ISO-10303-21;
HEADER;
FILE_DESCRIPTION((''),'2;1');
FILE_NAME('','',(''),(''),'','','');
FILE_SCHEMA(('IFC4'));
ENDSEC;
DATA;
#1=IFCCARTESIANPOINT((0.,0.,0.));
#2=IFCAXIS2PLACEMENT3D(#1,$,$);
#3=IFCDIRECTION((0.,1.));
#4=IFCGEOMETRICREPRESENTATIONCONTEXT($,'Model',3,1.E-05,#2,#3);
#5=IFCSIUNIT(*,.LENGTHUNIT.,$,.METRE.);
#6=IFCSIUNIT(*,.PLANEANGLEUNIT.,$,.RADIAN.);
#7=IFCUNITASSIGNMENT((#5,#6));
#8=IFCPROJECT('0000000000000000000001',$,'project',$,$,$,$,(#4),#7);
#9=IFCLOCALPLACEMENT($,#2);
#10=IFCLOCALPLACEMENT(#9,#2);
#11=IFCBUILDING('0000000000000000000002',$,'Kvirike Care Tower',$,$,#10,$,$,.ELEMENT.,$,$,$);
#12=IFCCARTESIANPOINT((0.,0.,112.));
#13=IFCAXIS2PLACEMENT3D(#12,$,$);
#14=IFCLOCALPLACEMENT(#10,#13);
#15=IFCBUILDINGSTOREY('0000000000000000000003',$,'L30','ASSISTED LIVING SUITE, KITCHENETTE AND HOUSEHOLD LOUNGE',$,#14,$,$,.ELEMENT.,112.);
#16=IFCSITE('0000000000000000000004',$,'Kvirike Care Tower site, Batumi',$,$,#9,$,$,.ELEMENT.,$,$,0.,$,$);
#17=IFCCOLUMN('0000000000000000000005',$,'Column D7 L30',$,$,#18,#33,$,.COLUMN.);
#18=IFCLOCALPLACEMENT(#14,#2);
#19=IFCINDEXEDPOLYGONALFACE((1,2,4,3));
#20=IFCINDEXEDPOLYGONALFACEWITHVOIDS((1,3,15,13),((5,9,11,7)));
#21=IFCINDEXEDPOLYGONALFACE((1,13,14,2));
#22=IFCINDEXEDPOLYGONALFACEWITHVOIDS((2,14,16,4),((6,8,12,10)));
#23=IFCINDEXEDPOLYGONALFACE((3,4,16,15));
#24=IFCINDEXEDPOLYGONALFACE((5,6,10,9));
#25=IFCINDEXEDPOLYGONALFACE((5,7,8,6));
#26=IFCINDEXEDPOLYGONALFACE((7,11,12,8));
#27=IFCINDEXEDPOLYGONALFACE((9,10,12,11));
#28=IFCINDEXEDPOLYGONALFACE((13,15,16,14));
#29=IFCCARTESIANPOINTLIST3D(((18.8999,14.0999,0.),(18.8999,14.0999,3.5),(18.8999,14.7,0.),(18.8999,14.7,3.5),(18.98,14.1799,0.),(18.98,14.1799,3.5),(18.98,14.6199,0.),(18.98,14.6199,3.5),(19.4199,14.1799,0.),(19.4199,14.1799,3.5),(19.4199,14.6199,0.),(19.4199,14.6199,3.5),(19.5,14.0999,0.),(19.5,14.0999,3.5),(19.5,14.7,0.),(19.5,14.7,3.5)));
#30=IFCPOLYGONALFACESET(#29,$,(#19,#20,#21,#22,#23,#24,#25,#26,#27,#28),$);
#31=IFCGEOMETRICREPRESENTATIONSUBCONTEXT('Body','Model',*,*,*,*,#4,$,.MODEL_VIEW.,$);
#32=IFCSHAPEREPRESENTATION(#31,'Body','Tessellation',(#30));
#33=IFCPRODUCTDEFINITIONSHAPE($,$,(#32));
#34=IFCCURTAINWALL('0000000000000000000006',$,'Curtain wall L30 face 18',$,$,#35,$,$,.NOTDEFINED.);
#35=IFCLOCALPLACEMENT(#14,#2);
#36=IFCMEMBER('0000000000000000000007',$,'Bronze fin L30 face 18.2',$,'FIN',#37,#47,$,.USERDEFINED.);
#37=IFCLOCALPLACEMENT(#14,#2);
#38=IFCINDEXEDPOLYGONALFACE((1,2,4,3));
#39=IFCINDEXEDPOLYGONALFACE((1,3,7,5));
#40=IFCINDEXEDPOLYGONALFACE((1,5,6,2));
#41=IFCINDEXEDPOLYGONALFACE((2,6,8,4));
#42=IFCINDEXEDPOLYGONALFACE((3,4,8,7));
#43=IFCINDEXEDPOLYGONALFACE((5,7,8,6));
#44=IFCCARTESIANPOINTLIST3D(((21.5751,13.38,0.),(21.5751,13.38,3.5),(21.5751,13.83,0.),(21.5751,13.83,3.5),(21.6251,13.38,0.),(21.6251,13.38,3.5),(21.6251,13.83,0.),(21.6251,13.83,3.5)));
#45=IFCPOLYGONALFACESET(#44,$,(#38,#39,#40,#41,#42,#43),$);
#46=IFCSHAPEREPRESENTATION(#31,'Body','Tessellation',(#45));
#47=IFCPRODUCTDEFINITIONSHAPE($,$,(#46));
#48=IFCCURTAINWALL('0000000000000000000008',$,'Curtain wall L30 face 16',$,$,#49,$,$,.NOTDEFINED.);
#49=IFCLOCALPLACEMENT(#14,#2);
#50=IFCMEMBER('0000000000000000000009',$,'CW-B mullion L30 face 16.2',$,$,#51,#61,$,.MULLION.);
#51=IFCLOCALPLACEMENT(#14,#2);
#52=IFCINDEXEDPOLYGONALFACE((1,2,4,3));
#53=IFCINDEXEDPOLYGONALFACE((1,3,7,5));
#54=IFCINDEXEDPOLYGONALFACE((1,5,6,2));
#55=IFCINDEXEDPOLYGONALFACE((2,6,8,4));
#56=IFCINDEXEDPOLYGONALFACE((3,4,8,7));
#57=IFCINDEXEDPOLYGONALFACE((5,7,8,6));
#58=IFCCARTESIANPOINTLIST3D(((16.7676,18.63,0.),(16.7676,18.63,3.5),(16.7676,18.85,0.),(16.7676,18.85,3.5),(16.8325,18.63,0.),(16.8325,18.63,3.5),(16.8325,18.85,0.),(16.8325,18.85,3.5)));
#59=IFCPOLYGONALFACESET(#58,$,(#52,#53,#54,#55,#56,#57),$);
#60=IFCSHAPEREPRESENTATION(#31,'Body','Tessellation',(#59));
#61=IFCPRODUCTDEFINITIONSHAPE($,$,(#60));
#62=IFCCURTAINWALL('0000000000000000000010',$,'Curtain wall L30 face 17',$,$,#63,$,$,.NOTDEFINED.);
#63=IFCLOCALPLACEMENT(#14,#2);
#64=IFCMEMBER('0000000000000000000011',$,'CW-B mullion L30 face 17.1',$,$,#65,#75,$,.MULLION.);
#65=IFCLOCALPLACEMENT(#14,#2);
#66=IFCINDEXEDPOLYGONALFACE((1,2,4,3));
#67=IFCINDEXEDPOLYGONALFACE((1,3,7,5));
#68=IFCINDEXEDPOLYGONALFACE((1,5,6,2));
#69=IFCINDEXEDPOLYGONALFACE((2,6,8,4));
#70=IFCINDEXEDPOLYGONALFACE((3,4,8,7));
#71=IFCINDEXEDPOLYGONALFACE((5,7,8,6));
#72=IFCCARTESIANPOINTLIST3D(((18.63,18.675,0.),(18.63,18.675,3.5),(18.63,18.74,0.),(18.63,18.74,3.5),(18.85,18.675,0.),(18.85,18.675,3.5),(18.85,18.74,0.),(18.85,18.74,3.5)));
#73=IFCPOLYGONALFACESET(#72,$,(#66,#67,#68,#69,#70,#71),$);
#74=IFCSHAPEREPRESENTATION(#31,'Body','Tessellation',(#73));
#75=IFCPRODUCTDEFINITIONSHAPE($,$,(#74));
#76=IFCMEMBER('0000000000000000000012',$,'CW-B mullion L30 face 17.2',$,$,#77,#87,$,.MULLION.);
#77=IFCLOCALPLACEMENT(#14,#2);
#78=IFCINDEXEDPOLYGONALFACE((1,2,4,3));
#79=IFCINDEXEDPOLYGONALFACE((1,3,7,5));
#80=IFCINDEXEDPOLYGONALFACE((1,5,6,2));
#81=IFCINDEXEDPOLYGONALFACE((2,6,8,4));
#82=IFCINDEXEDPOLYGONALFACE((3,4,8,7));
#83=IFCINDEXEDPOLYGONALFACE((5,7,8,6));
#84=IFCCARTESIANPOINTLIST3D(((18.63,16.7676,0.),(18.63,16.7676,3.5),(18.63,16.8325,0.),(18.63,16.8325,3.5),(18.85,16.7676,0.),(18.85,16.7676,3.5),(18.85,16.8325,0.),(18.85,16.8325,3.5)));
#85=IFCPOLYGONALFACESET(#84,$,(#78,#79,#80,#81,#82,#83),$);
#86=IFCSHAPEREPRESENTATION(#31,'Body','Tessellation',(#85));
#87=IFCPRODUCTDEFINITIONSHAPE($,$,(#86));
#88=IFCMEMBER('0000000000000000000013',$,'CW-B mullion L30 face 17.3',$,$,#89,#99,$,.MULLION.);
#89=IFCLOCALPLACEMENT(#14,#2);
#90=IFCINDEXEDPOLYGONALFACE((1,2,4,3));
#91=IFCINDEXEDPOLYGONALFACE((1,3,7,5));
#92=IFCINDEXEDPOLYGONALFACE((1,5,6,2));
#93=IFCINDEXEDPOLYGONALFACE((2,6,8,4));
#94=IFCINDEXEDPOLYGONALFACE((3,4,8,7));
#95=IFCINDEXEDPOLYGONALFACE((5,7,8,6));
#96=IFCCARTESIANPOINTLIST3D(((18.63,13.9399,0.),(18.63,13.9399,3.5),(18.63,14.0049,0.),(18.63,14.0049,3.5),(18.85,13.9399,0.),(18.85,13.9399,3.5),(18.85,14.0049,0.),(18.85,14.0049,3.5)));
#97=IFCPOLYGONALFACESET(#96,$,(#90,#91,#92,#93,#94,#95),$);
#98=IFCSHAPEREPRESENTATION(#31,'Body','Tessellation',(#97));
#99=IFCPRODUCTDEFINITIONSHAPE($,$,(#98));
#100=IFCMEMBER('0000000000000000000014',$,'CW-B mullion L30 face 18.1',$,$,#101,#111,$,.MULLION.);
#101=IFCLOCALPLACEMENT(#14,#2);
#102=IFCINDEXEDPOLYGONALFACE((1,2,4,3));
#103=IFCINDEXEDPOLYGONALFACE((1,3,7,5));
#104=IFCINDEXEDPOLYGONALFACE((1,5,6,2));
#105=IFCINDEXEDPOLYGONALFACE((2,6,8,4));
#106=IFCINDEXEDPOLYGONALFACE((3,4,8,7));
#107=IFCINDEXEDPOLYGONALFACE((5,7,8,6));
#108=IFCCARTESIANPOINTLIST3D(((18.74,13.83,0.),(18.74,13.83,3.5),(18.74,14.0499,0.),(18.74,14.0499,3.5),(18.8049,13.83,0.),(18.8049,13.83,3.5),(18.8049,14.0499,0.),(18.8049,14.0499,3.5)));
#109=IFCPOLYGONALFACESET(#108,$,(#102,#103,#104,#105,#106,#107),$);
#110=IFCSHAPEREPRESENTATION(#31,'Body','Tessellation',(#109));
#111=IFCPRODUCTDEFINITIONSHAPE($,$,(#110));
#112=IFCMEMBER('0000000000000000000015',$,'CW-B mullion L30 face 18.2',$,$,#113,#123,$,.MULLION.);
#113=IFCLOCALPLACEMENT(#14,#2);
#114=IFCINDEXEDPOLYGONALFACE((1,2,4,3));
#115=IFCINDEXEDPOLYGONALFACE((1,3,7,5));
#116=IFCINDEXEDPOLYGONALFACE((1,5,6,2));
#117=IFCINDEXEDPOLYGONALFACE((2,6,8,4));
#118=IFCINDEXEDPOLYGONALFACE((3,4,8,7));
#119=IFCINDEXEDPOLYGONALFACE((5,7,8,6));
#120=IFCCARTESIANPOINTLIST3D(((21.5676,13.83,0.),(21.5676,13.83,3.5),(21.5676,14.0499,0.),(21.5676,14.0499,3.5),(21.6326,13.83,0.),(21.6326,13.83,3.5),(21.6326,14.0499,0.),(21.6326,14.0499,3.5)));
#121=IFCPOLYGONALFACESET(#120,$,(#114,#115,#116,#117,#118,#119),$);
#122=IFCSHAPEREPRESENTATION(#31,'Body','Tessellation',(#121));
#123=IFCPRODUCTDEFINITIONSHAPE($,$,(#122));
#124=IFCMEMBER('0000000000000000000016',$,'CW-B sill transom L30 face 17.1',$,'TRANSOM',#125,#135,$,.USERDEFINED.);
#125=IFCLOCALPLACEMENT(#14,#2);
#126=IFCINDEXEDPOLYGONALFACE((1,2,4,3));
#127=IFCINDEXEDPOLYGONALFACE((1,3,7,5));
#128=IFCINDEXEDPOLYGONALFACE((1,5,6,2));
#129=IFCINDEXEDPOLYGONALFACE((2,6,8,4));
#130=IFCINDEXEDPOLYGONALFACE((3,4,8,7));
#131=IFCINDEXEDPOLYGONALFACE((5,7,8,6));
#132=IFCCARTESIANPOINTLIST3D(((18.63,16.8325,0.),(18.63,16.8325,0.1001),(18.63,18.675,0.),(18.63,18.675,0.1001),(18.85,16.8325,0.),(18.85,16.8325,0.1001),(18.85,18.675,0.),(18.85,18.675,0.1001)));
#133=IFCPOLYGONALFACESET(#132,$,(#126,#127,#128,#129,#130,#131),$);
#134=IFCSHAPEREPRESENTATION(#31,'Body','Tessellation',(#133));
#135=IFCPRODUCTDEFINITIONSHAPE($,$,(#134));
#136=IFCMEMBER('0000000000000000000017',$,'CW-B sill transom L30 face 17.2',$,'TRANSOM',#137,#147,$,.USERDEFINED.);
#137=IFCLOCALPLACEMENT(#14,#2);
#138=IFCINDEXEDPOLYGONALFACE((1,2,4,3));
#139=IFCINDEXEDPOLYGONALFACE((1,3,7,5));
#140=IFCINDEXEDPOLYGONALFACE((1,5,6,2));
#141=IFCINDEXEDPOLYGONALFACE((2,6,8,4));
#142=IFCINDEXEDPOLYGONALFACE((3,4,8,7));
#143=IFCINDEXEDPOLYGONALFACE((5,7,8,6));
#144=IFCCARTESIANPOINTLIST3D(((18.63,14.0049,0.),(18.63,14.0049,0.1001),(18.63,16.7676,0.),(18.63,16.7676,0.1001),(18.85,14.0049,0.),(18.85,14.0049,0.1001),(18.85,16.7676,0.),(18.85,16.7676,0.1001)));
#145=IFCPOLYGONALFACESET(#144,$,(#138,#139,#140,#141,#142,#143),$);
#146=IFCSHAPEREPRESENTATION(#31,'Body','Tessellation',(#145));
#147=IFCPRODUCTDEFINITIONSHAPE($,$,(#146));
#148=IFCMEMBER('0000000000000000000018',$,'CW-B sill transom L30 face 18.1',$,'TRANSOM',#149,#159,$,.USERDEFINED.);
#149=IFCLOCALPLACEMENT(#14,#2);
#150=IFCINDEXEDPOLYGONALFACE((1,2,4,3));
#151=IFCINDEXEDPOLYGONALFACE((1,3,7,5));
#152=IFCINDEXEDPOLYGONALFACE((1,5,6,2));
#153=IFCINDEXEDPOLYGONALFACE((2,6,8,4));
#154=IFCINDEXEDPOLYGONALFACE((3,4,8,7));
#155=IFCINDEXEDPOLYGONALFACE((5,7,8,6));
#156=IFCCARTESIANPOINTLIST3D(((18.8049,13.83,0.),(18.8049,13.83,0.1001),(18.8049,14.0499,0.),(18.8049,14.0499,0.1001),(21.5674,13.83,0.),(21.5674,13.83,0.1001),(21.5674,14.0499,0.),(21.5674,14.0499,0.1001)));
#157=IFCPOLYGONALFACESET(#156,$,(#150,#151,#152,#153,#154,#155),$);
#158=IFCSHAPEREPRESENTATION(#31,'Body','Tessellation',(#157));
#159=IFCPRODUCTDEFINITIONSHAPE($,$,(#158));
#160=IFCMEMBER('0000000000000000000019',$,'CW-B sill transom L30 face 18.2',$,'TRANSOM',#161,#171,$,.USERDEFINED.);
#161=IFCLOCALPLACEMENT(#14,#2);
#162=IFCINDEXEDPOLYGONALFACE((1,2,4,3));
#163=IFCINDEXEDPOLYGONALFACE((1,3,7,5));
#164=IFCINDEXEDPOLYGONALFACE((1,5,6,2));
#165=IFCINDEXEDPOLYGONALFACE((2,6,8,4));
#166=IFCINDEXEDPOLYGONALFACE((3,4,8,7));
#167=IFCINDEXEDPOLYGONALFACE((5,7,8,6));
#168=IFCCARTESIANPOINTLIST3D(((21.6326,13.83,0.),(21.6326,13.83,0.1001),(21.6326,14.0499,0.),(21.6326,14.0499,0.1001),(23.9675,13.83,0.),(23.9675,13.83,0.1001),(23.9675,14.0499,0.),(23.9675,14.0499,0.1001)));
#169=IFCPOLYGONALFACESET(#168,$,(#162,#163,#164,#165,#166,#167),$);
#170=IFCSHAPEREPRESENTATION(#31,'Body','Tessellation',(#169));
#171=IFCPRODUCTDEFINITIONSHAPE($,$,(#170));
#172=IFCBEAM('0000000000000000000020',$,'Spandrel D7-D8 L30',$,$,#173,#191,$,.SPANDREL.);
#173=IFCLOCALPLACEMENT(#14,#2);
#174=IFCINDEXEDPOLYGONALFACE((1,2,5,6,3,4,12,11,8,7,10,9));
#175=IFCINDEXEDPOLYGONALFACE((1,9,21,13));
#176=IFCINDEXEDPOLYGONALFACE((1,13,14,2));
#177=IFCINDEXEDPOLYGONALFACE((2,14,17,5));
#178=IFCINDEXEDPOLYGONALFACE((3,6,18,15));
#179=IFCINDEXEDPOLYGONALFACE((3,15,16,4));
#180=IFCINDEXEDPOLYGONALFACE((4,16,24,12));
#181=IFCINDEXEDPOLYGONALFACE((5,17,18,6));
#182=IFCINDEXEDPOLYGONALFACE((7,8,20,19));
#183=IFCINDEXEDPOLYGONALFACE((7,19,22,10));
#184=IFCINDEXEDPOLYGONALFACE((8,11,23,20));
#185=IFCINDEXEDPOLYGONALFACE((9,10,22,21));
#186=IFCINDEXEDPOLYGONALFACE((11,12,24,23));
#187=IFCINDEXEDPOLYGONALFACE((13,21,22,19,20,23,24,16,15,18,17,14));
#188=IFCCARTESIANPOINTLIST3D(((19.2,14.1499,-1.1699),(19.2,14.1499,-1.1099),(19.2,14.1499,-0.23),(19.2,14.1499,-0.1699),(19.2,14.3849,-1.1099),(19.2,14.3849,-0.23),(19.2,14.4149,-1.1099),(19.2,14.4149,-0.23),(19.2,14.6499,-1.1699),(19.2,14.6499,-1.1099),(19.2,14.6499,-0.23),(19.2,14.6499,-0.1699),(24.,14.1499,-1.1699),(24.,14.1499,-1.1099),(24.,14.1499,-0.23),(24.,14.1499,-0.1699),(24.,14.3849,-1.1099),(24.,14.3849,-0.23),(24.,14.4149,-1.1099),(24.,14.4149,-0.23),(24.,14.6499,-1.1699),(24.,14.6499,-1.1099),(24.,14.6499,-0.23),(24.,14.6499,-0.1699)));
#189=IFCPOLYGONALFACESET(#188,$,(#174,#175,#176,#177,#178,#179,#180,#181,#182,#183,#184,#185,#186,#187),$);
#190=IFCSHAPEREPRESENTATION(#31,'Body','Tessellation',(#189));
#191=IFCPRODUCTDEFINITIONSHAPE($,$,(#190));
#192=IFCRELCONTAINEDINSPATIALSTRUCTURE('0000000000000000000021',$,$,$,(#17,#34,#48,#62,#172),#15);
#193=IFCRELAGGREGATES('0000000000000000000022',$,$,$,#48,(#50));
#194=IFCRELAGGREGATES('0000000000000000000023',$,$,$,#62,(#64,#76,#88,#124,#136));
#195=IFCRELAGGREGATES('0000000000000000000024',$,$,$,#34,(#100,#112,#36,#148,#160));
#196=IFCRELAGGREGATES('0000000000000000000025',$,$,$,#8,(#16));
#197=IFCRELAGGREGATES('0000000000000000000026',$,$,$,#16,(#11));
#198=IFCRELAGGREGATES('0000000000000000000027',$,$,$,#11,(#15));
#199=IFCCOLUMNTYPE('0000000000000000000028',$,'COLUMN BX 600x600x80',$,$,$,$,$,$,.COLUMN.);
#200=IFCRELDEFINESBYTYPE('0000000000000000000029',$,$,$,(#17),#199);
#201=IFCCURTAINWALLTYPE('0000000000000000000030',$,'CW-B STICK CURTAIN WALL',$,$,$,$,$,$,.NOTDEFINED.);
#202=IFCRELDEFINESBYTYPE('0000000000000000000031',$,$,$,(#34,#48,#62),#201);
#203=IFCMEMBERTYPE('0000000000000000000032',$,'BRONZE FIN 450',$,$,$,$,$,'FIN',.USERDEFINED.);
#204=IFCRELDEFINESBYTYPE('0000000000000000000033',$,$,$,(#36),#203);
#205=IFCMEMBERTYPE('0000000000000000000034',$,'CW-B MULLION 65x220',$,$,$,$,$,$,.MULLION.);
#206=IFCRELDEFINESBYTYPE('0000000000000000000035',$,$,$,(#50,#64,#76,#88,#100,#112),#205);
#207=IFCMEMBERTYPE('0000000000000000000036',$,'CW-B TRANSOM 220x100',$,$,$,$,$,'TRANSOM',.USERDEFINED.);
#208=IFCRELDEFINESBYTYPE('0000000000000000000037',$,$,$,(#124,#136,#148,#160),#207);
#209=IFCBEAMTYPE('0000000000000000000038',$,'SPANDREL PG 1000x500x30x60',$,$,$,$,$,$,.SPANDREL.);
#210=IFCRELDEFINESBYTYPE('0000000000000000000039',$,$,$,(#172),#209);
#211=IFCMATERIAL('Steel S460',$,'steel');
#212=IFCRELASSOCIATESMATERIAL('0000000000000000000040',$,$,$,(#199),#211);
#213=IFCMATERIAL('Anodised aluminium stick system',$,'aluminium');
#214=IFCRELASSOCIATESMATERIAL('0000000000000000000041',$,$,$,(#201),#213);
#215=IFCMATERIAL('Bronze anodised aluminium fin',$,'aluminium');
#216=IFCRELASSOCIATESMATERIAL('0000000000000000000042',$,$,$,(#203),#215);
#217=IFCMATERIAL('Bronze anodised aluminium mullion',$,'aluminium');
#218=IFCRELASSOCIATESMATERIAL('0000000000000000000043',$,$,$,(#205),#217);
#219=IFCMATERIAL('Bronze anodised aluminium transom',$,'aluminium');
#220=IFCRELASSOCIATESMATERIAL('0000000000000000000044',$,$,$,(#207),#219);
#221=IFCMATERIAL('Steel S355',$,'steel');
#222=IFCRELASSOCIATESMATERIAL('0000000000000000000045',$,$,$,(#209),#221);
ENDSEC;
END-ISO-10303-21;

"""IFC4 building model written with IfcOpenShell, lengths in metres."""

from ifc_helpers import new_model, si_unit, direction, frame, origin, origin_2d, place, context, subcontext, project, spatial, rectangle, hollow_rectangle, i_section, extrude, material, material_profile, profile_set, type_object, element, aggregate, save


model = new_model("IFC4")

# Units and contexts
model_context = context("Model", 3, precision=1e-05, world=origin(), true_north=direction((0.0, 1.0)))
body_context = subcontext(model_context, "Body", "Model", "MODEL_VIEW")
ifc_project = project(units=[si_unit("LENGTHUNIT", "METRE"), si_unit("PLANEANGLEUNIT", "RADIAN")], contexts=[model_context])

# Site, building, storey
site_placement = place(None, origin())
site = spatial("IfcSite", under=ifc_project, at=site_placement, Name="Kvirike Care Tower site, Batumi", CompositionType="ELEMENT", RefElevation=0.0)
building_placement = place(site_placement, origin())
building = spatial("IfcBuilding", under=site, at=building_placement, Name="Kvirike Care Tower", CompositionType="ELEMENT")
storey_placement = place(building_placement, frame((0.0, 0.0, 112.0)))
storey = spatial("IfcBuildingStorey", under=building, at=storey_placement, Name="L30", Description="ASSISTED LIVING SUITE, KITCHENETTE AND HOUSEHOLD LOUNGE", CompositionType="ELEMENT", Elevation=112.0)

# Column
ifc_material_1 = material(Name="Steel S460", Category="steel")
ifc_material_profile_1 = material_profile(ifc_material_1, hollow_rectangle(XDim=0.6001, YDim=0.6001, WallThickness=0.0801, at=origin_2d()), Name="BX 600x600x80")
ifc_profile_set_1 = profile_set([ifc_material_profile_1], Name="Steel S460")
column_type = type_object("IfcColumnType", Name="COLUMN BX 600x600x80", PredefinedType="COLUMN", material=ifc_profile_set_1)
column_placement = place(storey_placement, frame((19.2, 14.3999, 0.0), z_axis=(0.0, 0.0, 1.0), x_axis=(0.0, 1.0, 0.0)))
element("IfcColumn", 1, at=column_placement, inside=storey, type_object=column_type, Name="Column D7 L30", PredefinedType="COLUMN", context=body_context, shape_type="SweptSolid", body=[
    extrude(hollow_rectangle(XDim=0.6001, YDim=0.6001, WallThickness=0.0801, at=origin_2d()), origin(), (0.0, 0.0, 1.0), 3.5),
])

# Curtain walls, members
ifc_material_2 = material(Name="Anodised aluminium stick system", Category="aluminium")
curtain_wall_type = type_object("IfcCurtainWallType", Name="CW-B STICK CURTAIN WALL", PredefinedType="NOTDEFINED", material=ifc_material_2)
curtain_wall_1_placement = place(storey_placement, origin())
curtain_wall_1 = element("IfcCurtainWall", 2, at=curtain_wall_1_placement, inside=storey, type_object=curtain_wall_type, Name="Curtain wall L30 face 18", PredefinedType="NOTDEFINED")
ifc_material_3 = material(Name="Bronze anodised aluminium fin", Category="aluminium")
ifc_material_profile_2 = material_profile(ifc_material_3, rectangle(XDim=0.05, YDim=0.45, at=origin_2d()), Name="BRONZE FIN 450")
ifc_profile_set_2 = profile_set([ifc_material_profile_2], Name="Bronze anodised aluminium fin")
member_type_1 = type_object("IfcMemberType", Name="BRONZE FIN 450", ElementType="FIN", PredefinedType="USERDEFINED", material=ifc_profile_set_2)
member_1_placement = place(storey_placement, frame((21.6001, 13.605, 0.0), z_axis=(0.0, 0.0, 1.0), x_axis=(1.0, 0.0, 0.0)))
member_1 = element("IfcMember", 3, at=member_1_placement, type_object=member_type_1, Name="Bronze fin L30 face 18.2", ObjectType="FIN", PredefinedType="USERDEFINED", context=body_context, shape_type="SweptSolid", body=[
    extrude(rectangle(XDim=0.05, YDim=0.45, at=origin_2d()), origin(), (0.0, 0.0, 1.0), 3.5),
])
curtain_wall_2_placement = place(storey_placement, origin())
curtain_wall_2 = element("IfcCurtainWall", 4, at=curtain_wall_2_placement, inside=storey, type_object=curtain_wall_type, Name="Curtain wall L30 face 16", PredefinedType="NOTDEFINED")
ifc_material_4 = material(Name="Bronze anodised aluminium mullion", Category="aluminium")
ifc_material_profile_3 = material_profile(ifc_material_4, rectangle(XDim=0.0649, YDim=0.22, at=origin_2d()), Name="CW-B MULLION 65x220")
ifc_profile_set_3 = profile_set([ifc_material_profile_3], Name="Bronze anodised aluminium mullion")
member_type_2 = type_object("IfcMemberType", Name="CW-B MULLION 65x220", PredefinedType="MULLION", material=ifc_profile_set_3)
member_2_placement = place(storey_placement, frame((16.8, 18.74, 0.0), z_axis=(0.0, 0.0, 1.0), x_axis=(1.0, 0.0, 0.0)))
member_2 = element("IfcMember", 5, at=member_2_placement, type_object=member_type_2, Name="CW-B mullion L30 face 16.2", PredefinedType="MULLION", context=body_context, shape_type="SweptSolid", body=[
    extrude(rectangle(XDim=0.0649, YDim=0.22, at=origin_2d()), origin(), (0.0, 0.0, 1.0), 3.5),
])

# Curtain wall, members
curtain_wall_3_placement = place(storey_placement, origin())
curtain_wall_3 = element("IfcCurtainWall", 6, at=curtain_wall_3_placement, inside=storey, type_object=curtain_wall_type, Name="Curtain wall L30 face 17", PredefinedType="NOTDEFINED")
member_3_placement = place(storey_placement, frame((18.74, 18.7075, 0.0), z_axis=(0.0, 0.0, 1.0), x_axis=(0.0, -1.0, 0.0)))
member_3 = element("IfcMember", 7, at=member_3_placement, type_object=member_type_2, Name="CW-B mullion L30 face 17.1", PredefinedType="MULLION", context=body_context, shape_type="SweptSolid", body=[
    extrude(rectangle(XDim=0.0649, YDim=0.22, at=origin_2d()), origin(), (0.0, 0.0, 1.0), 3.5),
])
member_4_placement = place(storey_placement, frame((18.74, 16.8, 0.0), z_axis=(0.0, 0.0, 1.0), x_axis=(0.0, -1.0, 0.0)))
member_4 = element("IfcMember", 8, at=member_4_placement, type_object=member_type_2, Name="CW-B mullion L30 face 17.2", PredefinedType="MULLION", context=body_context, shape_type="SweptSolid", body=[
    extrude(rectangle(XDim=0.0649, YDim=0.22, at=origin_2d()), origin(), (0.0, 0.0, 1.0), 3.5),
])
member_5_placement = place(storey_placement, frame((18.74, 13.9724, 0.0), z_axis=(0.0, 0.0, 1.0), x_axis=(0.0, -1.0, 0.0)))
member_5 = element("IfcMember", 9, at=member_5_placement, type_object=member_type_2, Name="CW-B mullion L30 face 17.3", PredefinedType="MULLION", context=body_context, shape_type="SweptSolid", body=[
    extrude(rectangle(XDim=0.0649, YDim=0.22, at=origin_2d()), origin(), (0.0, 0.0, 1.0), 3.5),
])

# Members
member_6_placement = place(storey_placement, frame((18.7725, 13.9399, 0.0), z_axis=(0.0, 0.0, 1.0), x_axis=(1.0, 0.0, 0.0)))
member_6 = element("IfcMember", 10, at=member_6_placement, type_object=member_type_2, Name="CW-B mullion L30 face 18.1", PredefinedType="MULLION", context=body_context, shape_type="SweptSolid", body=[
    extrude(rectangle(XDim=0.0649, YDim=0.22, at=origin_2d()), origin(), (0.0, 0.0, 1.0), 3.5),
])
member_7_placement = place(storey_placement, frame((21.6001, 13.9399, 0.0), z_axis=(0.0, 0.0, 1.0), x_axis=(1.0, 0.0, 0.0)))
member_7 = element("IfcMember", 11, at=member_7_placement, type_object=member_type_2, Name="CW-B mullion L30 face 18.2", PredefinedType="MULLION", context=body_context, shape_type="SweptSolid", body=[
    extrude(rectangle(XDim=0.0649, YDim=0.22, at=origin_2d()), origin(), (0.0, 0.0, 1.0), 3.5),
])
ifc_material_5 = material(Name="Bronze anodised aluminium transom", Category="aluminium")
ifc_material_profile_4 = material_profile(ifc_material_5, rectangle(XDim=0.22, YDim=0.1001, at=origin_2d()), Name="CW-B TRANSOM 220x100")
ifc_profile_set_4 = profile_set([ifc_material_profile_4], Name="Bronze anodised aluminium transom")
member_type_3 = type_object("IfcMemberType", Name="CW-B TRANSOM 220x100", ElementType="TRANSOM", PredefinedType="USERDEFINED", material=ifc_profile_set_4)
member_8_placement = place(storey_placement, frame((18.74, 18.675, 0.05), z_axis=(0.0, -1.0, 0.0), x_axis=(1.0, 0.0, 0.0)))
member_8 = element("IfcMember", 12, at=member_8_placement, type_object=member_type_3, Name="CW-B sill transom L30 face 17.1", ObjectType="TRANSOM", PredefinedType="USERDEFINED", context=body_context, shape_type="SweptSolid", body=[
    extrude(rectangle(XDim=0.22, YDim=0.1001, at=origin_2d()), origin(), (0.0, 0.0, 1.0), 1.8425),
])
member_9_placement = place(storey_placement, frame((18.74, 16.7676, 0.05), z_axis=(0.0, -1.0, 0.0), x_axis=(1.0, 0.0, 0.0)))
member_9 = element("IfcMember", 13, at=member_9_placement, type_object=member_type_3, Name="CW-B sill transom L30 face 17.2", ObjectType="TRANSOM", PredefinedType="USERDEFINED", context=body_context, shape_type="SweptSolid", body=[
    extrude(rectangle(XDim=0.22, YDim=0.1001, at=origin_2d()), origin(), (0.0, 0.0, 1.0), 2.7627),
])
member_10_placement = place(storey_placement, frame((18.8049, 13.9399, 0.05), z_axis=(1.0, 0.0, 0.0), x_axis=(0.0, 1.0, 0.0)))
member_10 = element("IfcMember", 14, at=member_10_placement, type_object=member_type_3, Name="CW-B sill transom L30 face 18.1", ObjectType="TRANSOM", PredefinedType="USERDEFINED", context=body_context, shape_type="SweptSolid", body=[
    extrude(rectangle(XDim=0.22, YDim=0.1001, at=origin_2d()), origin(), (0.0, 0.0, 1.0), 2.7625),
])
member_11_placement = place(storey_placement, frame((21.6326, 13.9399, 0.05), z_axis=(1.0, 0.0, 0.0), x_axis=(0.0, 1.0, 0.0)))
member_11 = element("IfcMember", 15, at=member_11_placement, type_object=member_type_3, Name="CW-B sill transom L30 face 18.2", ObjectType="TRANSOM", PredefinedType="USERDEFINED", context=body_context, shape_type="SweptSolid", body=[
    extrude(rectangle(XDim=0.22, YDim=0.1001, at=origin_2d()), origin(), (0.0, 0.0, 1.0), 2.335),
])

# Beam
ifc_material_6 = material(Name="Steel S355", Category="steel")
ifc_material_profile_5 = material_profile(ifc_material_6, i_section(OverallWidth=0.5, OverallDepth=1.0, WebThickness=0.03, FlangeThickness=0.0601, at=origin_2d()), Name="PG 1000x500x30x60")
ifc_profile_set_5 = profile_set([ifc_material_profile_5], Name="Steel S355")
beam_type = type_object("IfcBeamType", Name="SPANDREL PG 1000x500x30x60", PredefinedType="SPANDREL", material=ifc_profile_set_5)
for number, where, z_axis, x_axis, name in (
    (16, (19.2, 14.3999, -0.6699), (1.0, 0.0, 0.0), (0.0, 1.0, 0.0), "Spandrel D7-D8 L30"),
):
    element("IfcBeam", number, at=place(storey_placement, frame(where, z_axis=z_axis, x_axis=x_axis)), inside=storey, type_object=beam_type, Name=name, PredefinedType="SPANDREL", context=body_context, shape_type="SweptSolid", body=[
        extrude(i_section(OverallWidth=0.5, OverallDepth=1.0, WebThickness=0.03, FlangeThickness=0.0601, at=origin_2d()), origin(), (0.0, 0.0, 1.0), 4.8),
    ])

aggregate(curtain_wall_2, [member_2])
aggregate(curtain_wall_3, [member_3, member_4, member_5, member_8, member_9])
aggregate(curtain_wall_1, [member_6, member_7, member_1, member_10, member_11])

save(model, "model.ifc")
